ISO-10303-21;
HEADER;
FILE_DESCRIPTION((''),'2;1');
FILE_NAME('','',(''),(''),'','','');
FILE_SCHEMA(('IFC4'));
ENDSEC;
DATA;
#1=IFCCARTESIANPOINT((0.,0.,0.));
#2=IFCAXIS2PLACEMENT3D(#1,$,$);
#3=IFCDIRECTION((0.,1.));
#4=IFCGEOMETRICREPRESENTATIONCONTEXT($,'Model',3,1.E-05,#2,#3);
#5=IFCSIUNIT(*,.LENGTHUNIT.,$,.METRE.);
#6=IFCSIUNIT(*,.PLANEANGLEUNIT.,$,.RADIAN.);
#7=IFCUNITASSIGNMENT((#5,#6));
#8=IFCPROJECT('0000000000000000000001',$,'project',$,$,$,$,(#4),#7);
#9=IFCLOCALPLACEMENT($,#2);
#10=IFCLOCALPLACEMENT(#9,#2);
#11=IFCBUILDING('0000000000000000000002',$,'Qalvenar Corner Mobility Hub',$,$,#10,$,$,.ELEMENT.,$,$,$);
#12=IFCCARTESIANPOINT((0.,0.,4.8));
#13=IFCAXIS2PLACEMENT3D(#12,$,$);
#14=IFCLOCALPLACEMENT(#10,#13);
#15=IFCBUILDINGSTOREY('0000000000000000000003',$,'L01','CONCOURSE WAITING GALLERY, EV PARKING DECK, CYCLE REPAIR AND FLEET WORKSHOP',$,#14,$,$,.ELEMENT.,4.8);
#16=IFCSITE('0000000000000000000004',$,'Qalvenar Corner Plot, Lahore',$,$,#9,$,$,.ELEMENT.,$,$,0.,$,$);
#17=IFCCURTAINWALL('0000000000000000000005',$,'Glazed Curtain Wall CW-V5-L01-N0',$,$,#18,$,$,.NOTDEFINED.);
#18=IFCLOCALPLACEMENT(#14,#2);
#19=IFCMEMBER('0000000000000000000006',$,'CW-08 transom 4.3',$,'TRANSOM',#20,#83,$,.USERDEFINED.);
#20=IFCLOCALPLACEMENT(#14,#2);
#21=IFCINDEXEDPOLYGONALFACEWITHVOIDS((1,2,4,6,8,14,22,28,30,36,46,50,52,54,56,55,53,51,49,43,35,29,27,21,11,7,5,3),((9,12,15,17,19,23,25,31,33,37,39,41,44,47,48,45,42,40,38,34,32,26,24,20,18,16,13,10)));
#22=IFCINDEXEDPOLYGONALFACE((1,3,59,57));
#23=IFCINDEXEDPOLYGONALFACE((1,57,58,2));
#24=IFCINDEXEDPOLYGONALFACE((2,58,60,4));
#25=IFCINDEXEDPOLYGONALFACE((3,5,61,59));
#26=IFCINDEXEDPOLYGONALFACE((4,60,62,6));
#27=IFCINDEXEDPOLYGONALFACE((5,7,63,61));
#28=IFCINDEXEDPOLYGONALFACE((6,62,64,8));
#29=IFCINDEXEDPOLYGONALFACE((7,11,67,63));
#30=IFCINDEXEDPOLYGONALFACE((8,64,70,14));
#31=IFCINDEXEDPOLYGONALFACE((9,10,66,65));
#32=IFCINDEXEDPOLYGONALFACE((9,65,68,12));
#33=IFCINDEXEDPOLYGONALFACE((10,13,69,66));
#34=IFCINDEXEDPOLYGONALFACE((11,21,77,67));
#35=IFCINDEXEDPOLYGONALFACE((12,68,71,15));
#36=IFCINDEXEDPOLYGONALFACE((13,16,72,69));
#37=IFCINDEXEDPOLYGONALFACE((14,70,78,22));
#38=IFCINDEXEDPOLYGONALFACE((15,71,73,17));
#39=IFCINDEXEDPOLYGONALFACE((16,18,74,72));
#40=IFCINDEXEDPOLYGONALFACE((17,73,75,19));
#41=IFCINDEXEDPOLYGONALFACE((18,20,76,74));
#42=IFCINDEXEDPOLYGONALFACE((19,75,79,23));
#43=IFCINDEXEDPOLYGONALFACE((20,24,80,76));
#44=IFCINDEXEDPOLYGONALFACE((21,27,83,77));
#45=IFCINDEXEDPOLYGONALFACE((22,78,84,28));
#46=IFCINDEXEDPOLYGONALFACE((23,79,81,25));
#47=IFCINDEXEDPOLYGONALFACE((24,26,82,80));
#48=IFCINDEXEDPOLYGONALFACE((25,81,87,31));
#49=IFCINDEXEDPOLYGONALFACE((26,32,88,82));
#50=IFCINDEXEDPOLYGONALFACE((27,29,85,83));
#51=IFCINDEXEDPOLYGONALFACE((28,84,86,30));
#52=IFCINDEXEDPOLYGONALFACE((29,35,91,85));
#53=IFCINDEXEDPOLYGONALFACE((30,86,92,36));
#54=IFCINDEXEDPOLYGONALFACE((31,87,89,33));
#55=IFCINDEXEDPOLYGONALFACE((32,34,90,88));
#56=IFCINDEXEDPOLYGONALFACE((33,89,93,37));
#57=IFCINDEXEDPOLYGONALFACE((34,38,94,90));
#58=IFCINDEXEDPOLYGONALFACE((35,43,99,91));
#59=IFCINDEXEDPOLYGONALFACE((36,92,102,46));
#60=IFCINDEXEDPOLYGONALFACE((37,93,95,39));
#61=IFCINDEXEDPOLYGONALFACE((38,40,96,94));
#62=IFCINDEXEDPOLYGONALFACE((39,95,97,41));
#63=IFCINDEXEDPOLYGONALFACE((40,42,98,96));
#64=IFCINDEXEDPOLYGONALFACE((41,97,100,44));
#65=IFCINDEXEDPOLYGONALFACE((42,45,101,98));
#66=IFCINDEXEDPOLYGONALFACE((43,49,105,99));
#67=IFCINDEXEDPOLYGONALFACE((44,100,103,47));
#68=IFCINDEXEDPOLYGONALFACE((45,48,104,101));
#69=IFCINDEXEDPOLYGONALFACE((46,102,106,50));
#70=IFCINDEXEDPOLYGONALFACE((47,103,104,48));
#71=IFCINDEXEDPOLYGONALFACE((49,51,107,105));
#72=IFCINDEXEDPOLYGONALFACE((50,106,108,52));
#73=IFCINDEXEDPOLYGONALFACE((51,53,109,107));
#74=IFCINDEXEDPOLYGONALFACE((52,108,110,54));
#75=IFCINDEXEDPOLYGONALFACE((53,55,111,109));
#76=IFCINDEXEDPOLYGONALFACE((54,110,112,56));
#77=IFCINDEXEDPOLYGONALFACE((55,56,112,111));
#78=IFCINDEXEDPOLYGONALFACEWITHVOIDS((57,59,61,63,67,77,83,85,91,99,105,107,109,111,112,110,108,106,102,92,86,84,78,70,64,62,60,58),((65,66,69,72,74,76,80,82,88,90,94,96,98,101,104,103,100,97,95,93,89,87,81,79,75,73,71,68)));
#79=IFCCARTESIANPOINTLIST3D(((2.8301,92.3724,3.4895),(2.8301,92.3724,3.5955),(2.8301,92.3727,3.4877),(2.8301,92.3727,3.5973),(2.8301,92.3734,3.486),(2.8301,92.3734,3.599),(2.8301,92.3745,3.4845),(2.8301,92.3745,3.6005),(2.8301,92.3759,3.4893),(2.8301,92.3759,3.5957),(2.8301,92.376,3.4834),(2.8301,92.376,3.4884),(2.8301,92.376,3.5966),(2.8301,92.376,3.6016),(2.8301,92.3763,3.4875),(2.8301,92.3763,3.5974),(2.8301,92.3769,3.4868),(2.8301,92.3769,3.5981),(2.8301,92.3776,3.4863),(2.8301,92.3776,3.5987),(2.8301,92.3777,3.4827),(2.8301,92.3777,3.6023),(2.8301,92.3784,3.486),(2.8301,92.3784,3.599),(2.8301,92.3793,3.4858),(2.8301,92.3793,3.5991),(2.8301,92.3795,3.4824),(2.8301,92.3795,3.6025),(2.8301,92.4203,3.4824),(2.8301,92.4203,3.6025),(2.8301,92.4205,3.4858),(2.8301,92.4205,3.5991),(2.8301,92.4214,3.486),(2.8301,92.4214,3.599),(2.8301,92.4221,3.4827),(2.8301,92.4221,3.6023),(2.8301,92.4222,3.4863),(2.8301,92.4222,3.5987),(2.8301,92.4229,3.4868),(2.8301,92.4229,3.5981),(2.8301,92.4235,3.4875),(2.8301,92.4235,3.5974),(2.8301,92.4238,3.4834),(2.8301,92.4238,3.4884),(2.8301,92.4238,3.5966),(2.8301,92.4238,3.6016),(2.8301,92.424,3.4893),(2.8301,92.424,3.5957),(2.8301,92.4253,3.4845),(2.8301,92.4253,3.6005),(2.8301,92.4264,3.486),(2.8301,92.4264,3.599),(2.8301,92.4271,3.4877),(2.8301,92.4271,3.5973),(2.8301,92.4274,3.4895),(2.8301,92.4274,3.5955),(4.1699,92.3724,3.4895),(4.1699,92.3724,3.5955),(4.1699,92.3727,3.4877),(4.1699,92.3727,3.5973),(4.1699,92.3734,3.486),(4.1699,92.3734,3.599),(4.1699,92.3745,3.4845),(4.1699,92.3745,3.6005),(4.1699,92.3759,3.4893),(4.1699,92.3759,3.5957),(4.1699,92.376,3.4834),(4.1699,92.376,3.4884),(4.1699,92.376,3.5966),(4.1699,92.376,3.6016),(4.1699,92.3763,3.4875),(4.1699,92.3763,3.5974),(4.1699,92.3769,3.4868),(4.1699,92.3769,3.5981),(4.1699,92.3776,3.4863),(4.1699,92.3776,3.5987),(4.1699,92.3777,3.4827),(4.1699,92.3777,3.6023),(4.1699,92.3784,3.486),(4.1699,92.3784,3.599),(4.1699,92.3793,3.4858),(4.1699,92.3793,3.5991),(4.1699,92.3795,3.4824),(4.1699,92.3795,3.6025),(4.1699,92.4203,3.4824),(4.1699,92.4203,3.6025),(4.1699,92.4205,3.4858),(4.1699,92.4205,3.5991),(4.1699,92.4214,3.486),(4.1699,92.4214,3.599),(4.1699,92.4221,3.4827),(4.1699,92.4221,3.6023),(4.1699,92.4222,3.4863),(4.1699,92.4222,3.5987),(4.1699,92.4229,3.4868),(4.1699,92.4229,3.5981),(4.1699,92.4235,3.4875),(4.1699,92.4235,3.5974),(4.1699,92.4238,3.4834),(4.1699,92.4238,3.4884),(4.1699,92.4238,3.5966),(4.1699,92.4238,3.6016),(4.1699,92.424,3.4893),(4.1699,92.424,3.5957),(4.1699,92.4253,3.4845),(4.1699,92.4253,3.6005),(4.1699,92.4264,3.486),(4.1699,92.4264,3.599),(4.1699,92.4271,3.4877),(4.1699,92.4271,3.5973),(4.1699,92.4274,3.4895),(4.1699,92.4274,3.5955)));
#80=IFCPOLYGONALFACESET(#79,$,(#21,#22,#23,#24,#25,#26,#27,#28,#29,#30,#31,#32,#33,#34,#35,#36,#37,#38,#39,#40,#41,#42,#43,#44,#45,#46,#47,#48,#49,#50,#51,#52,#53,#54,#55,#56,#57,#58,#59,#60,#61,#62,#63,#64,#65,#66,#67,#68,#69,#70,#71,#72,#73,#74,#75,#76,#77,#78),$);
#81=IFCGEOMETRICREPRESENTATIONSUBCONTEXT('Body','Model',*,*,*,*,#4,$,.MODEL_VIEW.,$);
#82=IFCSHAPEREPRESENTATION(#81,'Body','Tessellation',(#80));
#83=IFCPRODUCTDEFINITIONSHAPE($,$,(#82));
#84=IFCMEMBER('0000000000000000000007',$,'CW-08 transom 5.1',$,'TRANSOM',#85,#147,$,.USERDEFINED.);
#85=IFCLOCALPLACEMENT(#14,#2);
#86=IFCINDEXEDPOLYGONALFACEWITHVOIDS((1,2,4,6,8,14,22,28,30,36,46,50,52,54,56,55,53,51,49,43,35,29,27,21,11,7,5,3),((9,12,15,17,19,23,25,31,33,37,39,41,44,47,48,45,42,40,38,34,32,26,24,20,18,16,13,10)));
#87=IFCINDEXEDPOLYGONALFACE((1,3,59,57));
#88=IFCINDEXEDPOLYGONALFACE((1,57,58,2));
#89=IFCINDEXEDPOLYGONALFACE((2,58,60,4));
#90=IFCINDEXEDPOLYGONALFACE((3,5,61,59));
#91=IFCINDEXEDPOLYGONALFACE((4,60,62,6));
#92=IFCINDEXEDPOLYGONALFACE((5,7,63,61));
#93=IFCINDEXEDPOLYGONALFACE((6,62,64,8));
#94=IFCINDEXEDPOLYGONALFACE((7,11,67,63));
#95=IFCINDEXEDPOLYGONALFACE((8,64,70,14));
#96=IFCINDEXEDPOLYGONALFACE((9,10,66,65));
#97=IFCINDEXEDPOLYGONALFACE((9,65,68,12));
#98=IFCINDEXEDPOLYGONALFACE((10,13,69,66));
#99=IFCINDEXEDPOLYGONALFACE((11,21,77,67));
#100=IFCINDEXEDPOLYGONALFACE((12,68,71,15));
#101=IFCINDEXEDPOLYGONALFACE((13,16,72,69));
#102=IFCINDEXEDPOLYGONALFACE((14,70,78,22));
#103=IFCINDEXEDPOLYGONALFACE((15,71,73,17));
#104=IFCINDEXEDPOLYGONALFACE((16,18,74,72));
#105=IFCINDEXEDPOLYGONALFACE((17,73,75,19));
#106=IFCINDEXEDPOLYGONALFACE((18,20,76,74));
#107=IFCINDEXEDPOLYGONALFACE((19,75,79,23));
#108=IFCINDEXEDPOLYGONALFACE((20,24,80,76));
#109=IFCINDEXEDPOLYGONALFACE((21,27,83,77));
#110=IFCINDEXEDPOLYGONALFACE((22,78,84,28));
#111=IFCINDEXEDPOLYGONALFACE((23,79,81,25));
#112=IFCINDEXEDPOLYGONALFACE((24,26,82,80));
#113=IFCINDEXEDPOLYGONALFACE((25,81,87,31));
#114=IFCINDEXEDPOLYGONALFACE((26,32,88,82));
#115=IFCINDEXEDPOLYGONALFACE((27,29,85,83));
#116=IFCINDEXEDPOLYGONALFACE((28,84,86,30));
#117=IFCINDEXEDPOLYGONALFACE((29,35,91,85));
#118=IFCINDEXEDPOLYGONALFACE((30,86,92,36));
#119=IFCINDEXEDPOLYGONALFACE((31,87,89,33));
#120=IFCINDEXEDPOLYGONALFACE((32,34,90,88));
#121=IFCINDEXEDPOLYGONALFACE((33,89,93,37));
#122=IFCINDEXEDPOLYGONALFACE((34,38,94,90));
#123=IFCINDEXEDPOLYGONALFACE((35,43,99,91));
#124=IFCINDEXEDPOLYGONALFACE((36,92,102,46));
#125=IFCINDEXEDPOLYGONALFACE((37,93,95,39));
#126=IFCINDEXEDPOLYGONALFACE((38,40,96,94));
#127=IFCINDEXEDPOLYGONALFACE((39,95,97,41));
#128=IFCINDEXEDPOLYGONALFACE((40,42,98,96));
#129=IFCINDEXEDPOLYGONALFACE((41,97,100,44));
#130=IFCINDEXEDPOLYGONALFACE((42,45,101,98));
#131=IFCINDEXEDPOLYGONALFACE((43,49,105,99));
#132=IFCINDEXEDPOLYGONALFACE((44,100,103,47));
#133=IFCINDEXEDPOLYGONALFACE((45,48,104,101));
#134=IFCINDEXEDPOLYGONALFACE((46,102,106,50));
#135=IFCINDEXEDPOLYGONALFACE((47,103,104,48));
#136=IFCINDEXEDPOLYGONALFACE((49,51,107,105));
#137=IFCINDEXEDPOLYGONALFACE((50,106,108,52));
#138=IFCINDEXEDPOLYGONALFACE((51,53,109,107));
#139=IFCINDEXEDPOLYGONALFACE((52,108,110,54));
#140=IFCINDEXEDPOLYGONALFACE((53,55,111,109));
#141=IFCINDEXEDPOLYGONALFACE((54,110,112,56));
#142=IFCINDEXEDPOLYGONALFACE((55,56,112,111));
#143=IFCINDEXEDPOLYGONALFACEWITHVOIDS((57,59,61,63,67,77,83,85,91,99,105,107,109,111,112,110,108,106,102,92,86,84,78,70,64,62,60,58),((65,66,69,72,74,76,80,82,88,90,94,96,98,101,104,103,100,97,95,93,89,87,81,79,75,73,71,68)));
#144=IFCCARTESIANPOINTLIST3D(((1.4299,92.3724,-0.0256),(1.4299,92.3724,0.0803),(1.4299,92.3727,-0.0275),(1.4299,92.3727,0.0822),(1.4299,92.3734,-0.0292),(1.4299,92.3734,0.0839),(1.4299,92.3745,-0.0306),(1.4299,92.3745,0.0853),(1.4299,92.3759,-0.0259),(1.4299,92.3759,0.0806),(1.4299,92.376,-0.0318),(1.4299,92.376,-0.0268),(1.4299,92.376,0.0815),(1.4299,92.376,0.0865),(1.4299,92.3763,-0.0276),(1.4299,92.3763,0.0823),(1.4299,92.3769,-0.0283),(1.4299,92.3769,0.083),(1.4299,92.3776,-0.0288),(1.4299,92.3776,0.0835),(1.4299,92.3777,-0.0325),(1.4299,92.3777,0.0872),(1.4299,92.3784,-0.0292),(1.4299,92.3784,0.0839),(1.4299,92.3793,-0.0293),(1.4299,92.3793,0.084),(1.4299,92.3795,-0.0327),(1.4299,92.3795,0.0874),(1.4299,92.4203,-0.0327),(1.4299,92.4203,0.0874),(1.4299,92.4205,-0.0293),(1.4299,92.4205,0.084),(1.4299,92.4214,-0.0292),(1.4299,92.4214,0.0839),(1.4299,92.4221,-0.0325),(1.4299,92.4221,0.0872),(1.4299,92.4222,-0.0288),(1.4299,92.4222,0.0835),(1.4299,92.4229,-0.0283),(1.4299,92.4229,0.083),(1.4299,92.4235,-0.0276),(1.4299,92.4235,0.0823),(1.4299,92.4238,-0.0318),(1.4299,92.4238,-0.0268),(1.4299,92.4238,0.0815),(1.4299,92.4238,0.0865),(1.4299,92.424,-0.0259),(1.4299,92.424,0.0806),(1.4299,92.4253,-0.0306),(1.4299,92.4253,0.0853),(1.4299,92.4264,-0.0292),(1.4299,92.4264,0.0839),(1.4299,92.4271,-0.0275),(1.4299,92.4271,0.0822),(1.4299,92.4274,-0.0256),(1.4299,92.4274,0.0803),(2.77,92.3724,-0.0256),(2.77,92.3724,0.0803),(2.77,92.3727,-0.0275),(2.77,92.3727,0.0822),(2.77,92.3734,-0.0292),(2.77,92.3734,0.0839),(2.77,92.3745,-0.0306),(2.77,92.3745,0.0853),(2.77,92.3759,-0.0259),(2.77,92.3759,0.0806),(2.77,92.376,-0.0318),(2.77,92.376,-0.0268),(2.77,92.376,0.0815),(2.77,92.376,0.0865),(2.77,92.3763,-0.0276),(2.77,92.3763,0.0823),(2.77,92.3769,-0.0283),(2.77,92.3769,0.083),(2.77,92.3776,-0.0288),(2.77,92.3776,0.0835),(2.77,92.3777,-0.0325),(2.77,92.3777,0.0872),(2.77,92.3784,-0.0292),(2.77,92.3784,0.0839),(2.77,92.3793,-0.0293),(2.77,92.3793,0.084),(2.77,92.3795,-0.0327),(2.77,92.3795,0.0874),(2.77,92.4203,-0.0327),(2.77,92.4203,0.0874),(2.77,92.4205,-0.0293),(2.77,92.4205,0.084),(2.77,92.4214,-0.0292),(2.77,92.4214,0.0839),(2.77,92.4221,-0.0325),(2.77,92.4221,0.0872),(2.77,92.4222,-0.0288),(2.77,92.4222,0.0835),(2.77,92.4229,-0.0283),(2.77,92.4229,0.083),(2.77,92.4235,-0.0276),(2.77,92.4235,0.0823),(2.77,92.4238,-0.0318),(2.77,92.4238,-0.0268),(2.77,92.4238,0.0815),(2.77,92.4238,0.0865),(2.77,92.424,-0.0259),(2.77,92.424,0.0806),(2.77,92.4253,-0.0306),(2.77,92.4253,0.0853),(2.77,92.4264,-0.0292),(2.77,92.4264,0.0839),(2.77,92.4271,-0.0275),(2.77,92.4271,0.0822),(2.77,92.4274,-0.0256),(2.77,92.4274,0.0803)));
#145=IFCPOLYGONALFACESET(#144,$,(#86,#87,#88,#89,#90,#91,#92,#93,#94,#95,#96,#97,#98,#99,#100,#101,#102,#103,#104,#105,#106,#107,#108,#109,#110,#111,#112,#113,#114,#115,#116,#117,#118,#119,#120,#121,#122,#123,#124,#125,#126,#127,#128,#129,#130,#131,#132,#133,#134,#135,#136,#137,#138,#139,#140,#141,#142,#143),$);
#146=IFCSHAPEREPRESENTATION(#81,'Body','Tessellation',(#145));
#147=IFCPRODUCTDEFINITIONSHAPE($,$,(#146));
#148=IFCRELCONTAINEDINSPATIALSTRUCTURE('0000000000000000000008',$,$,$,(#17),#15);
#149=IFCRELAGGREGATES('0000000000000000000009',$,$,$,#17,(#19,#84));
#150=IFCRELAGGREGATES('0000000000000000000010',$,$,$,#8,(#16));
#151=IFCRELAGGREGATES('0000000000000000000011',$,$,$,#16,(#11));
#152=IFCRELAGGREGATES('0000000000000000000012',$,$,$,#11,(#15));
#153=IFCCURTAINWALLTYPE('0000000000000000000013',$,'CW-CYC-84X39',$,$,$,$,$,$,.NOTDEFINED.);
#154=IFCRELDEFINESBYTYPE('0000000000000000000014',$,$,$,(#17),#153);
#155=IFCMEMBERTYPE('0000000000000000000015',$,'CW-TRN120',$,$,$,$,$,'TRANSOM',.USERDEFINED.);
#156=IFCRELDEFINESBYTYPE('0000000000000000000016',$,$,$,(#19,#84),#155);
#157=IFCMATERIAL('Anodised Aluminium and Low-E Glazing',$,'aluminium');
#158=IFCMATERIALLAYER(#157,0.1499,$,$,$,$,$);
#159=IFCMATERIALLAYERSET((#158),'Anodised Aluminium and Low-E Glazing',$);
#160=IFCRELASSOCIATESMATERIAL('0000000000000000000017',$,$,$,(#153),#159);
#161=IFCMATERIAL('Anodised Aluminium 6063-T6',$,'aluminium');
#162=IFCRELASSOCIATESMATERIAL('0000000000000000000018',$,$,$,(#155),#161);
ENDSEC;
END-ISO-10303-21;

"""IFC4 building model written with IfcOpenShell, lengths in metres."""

from ifc_helpers import new_model, si_unit, direction, frame, origin, origin_2d, place, context, subcontext, project, spatial, hollow_rectangle, extrude, material, layer, layer_set, material_profile, profile_set, type_object, element, aggregate, save


model = new_model("IFC4")

# Units and contexts
model_context = context("Model", 3, precision=1e-05, world=origin(), true_north=direction((0.0, 1.0)))
body_context = subcontext(model_context, "Body", "Model", "MODEL_VIEW")
ifc_project = project(units=[si_unit("LENGTHUNIT", "METRE"), si_unit("PLANEANGLEUNIT", "RADIAN")], contexts=[model_context])

# Site, building, storey
site_placement = place(None, origin())
site = spatial("IfcSite", under=ifc_project, at=site_placement, Name="Qalvenar Corner Plot, Lahore", CompositionType="ELEMENT", RefElevation=0.0)
building_placement = place(site_placement, origin())
building = spatial("IfcBuilding", under=site, at=building_placement, Name="Qalvenar Corner Mobility Hub", CompositionType="ELEMENT")
storey_placement = place(building_placement, frame((0.0, 0.0, 4.8)))
storey = spatial("IfcBuildingStorey", under=building, at=storey_placement, Name="L01", Description="CONCOURSE WAITING GALLERY, EV PARKING DECK, CYCLE REPAIR AND FLEET WORKSHOP", CompositionType="ELEMENT", Elevation=4.8)

# Curtain wall, members
ifc_material_1 = material(Name="Anodised Aluminium and Low-E Glazing", Category="aluminium")
ifc_layer_1 = layer(ifc_material_1, 0.1499)
ifc_layer_set_1 = layer_set([ifc_layer_1], Name="Anodised Aluminium and Low-E Glazing")
curtain_wall_type = type_object("IfcCurtainWallType", Name="CW-CYC-84X39", PredefinedType="NOTDEFINED", material=ifc_layer_set_1)
curtain_wall_placement = place(storey_placement, origin())
curtain_wall = element("IfcCurtainWall", 1, at=curtain_wall_placement, inside=storey, type_object=curtain_wall_type, Name="Glazed Curtain Wall CW-V5-L01-N0", PredefinedType="NOTDEFINED")
ifc_material_2 = material(Name="Anodised Aluminium 6063-T6", Category="aluminium")
ifc_material_profile_1 = material_profile(ifc_material_2, hollow_rectangle(XDim=0.0549, YDim=0.1201, WallThickness=0.0034, InnerFilletRadius=0.0034, OuterFilletRadius=0.0071, at=origin_2d()), Name="RHS120x55x3.5")
ifc_profile_set_1 = profile_set([ifc_material_profile_1], Name="Anodised Aluminium 6063-T6")
member_type_1 = type_object("IfcMemberType", Name="CW-TRN120", ElementType="TRANSOM", PredefinedType="USERDEFINED", material=ifc_profile_set_1)
member_1_placement = place(storey_placement, frame((4.1699, 92.3999, 3.5425), z_axis=(-1.0, 0.0, 0.0), x_axis=(0.0, -1.0, 0.0)))
member_1 = element("IfcMember", 2, at=member_1_placement, type_object=member_type_1, Name="CW-08 transom 4.3", ObjectType="TRANSOM", PredefinedType="USERDEFINED", context=body_context, shape_type="SweptSolid", body=[
    extrude(hollow_rectangle(XDim=0.0549, YDim=0.1201, WallThickness=0.0034, InnerFilletRadius=0.0034, OuterFilletRadius=0.0071, at=origin_2d()), origin(), (0.0, 0.0, 1.0), 1.3398),
])
member_2_placement = place(storey_placement, frame((2.77, 92.3999, 0.0273), z_axis=(-1.0, 0.0, 0.0), x_axis=(0.0, -1.0, 0.0)))
member_2 = element("IfcMember", 3, at=member_2_placement, type_object=member_type_1, Name="CW-08 transom 5.1", ObjectType="TRANSOM", PredefinedType="USERDEFINED", context=body_context, shape_type="SweptSolid", body=[
    extrude(hollow_rectangle(XDim=0.0549, YDim=0.1201, WallThickness=0.0034, InnerFilletRadius=0.0034, OuterFilletRadius=0.0071, at=origin_2d()), origin(), (0.0, 0.0, 1.0), 1.3401),
])
aggregate(curtain_wall, [member_1, member_2])

save(model, "model.ifc")
